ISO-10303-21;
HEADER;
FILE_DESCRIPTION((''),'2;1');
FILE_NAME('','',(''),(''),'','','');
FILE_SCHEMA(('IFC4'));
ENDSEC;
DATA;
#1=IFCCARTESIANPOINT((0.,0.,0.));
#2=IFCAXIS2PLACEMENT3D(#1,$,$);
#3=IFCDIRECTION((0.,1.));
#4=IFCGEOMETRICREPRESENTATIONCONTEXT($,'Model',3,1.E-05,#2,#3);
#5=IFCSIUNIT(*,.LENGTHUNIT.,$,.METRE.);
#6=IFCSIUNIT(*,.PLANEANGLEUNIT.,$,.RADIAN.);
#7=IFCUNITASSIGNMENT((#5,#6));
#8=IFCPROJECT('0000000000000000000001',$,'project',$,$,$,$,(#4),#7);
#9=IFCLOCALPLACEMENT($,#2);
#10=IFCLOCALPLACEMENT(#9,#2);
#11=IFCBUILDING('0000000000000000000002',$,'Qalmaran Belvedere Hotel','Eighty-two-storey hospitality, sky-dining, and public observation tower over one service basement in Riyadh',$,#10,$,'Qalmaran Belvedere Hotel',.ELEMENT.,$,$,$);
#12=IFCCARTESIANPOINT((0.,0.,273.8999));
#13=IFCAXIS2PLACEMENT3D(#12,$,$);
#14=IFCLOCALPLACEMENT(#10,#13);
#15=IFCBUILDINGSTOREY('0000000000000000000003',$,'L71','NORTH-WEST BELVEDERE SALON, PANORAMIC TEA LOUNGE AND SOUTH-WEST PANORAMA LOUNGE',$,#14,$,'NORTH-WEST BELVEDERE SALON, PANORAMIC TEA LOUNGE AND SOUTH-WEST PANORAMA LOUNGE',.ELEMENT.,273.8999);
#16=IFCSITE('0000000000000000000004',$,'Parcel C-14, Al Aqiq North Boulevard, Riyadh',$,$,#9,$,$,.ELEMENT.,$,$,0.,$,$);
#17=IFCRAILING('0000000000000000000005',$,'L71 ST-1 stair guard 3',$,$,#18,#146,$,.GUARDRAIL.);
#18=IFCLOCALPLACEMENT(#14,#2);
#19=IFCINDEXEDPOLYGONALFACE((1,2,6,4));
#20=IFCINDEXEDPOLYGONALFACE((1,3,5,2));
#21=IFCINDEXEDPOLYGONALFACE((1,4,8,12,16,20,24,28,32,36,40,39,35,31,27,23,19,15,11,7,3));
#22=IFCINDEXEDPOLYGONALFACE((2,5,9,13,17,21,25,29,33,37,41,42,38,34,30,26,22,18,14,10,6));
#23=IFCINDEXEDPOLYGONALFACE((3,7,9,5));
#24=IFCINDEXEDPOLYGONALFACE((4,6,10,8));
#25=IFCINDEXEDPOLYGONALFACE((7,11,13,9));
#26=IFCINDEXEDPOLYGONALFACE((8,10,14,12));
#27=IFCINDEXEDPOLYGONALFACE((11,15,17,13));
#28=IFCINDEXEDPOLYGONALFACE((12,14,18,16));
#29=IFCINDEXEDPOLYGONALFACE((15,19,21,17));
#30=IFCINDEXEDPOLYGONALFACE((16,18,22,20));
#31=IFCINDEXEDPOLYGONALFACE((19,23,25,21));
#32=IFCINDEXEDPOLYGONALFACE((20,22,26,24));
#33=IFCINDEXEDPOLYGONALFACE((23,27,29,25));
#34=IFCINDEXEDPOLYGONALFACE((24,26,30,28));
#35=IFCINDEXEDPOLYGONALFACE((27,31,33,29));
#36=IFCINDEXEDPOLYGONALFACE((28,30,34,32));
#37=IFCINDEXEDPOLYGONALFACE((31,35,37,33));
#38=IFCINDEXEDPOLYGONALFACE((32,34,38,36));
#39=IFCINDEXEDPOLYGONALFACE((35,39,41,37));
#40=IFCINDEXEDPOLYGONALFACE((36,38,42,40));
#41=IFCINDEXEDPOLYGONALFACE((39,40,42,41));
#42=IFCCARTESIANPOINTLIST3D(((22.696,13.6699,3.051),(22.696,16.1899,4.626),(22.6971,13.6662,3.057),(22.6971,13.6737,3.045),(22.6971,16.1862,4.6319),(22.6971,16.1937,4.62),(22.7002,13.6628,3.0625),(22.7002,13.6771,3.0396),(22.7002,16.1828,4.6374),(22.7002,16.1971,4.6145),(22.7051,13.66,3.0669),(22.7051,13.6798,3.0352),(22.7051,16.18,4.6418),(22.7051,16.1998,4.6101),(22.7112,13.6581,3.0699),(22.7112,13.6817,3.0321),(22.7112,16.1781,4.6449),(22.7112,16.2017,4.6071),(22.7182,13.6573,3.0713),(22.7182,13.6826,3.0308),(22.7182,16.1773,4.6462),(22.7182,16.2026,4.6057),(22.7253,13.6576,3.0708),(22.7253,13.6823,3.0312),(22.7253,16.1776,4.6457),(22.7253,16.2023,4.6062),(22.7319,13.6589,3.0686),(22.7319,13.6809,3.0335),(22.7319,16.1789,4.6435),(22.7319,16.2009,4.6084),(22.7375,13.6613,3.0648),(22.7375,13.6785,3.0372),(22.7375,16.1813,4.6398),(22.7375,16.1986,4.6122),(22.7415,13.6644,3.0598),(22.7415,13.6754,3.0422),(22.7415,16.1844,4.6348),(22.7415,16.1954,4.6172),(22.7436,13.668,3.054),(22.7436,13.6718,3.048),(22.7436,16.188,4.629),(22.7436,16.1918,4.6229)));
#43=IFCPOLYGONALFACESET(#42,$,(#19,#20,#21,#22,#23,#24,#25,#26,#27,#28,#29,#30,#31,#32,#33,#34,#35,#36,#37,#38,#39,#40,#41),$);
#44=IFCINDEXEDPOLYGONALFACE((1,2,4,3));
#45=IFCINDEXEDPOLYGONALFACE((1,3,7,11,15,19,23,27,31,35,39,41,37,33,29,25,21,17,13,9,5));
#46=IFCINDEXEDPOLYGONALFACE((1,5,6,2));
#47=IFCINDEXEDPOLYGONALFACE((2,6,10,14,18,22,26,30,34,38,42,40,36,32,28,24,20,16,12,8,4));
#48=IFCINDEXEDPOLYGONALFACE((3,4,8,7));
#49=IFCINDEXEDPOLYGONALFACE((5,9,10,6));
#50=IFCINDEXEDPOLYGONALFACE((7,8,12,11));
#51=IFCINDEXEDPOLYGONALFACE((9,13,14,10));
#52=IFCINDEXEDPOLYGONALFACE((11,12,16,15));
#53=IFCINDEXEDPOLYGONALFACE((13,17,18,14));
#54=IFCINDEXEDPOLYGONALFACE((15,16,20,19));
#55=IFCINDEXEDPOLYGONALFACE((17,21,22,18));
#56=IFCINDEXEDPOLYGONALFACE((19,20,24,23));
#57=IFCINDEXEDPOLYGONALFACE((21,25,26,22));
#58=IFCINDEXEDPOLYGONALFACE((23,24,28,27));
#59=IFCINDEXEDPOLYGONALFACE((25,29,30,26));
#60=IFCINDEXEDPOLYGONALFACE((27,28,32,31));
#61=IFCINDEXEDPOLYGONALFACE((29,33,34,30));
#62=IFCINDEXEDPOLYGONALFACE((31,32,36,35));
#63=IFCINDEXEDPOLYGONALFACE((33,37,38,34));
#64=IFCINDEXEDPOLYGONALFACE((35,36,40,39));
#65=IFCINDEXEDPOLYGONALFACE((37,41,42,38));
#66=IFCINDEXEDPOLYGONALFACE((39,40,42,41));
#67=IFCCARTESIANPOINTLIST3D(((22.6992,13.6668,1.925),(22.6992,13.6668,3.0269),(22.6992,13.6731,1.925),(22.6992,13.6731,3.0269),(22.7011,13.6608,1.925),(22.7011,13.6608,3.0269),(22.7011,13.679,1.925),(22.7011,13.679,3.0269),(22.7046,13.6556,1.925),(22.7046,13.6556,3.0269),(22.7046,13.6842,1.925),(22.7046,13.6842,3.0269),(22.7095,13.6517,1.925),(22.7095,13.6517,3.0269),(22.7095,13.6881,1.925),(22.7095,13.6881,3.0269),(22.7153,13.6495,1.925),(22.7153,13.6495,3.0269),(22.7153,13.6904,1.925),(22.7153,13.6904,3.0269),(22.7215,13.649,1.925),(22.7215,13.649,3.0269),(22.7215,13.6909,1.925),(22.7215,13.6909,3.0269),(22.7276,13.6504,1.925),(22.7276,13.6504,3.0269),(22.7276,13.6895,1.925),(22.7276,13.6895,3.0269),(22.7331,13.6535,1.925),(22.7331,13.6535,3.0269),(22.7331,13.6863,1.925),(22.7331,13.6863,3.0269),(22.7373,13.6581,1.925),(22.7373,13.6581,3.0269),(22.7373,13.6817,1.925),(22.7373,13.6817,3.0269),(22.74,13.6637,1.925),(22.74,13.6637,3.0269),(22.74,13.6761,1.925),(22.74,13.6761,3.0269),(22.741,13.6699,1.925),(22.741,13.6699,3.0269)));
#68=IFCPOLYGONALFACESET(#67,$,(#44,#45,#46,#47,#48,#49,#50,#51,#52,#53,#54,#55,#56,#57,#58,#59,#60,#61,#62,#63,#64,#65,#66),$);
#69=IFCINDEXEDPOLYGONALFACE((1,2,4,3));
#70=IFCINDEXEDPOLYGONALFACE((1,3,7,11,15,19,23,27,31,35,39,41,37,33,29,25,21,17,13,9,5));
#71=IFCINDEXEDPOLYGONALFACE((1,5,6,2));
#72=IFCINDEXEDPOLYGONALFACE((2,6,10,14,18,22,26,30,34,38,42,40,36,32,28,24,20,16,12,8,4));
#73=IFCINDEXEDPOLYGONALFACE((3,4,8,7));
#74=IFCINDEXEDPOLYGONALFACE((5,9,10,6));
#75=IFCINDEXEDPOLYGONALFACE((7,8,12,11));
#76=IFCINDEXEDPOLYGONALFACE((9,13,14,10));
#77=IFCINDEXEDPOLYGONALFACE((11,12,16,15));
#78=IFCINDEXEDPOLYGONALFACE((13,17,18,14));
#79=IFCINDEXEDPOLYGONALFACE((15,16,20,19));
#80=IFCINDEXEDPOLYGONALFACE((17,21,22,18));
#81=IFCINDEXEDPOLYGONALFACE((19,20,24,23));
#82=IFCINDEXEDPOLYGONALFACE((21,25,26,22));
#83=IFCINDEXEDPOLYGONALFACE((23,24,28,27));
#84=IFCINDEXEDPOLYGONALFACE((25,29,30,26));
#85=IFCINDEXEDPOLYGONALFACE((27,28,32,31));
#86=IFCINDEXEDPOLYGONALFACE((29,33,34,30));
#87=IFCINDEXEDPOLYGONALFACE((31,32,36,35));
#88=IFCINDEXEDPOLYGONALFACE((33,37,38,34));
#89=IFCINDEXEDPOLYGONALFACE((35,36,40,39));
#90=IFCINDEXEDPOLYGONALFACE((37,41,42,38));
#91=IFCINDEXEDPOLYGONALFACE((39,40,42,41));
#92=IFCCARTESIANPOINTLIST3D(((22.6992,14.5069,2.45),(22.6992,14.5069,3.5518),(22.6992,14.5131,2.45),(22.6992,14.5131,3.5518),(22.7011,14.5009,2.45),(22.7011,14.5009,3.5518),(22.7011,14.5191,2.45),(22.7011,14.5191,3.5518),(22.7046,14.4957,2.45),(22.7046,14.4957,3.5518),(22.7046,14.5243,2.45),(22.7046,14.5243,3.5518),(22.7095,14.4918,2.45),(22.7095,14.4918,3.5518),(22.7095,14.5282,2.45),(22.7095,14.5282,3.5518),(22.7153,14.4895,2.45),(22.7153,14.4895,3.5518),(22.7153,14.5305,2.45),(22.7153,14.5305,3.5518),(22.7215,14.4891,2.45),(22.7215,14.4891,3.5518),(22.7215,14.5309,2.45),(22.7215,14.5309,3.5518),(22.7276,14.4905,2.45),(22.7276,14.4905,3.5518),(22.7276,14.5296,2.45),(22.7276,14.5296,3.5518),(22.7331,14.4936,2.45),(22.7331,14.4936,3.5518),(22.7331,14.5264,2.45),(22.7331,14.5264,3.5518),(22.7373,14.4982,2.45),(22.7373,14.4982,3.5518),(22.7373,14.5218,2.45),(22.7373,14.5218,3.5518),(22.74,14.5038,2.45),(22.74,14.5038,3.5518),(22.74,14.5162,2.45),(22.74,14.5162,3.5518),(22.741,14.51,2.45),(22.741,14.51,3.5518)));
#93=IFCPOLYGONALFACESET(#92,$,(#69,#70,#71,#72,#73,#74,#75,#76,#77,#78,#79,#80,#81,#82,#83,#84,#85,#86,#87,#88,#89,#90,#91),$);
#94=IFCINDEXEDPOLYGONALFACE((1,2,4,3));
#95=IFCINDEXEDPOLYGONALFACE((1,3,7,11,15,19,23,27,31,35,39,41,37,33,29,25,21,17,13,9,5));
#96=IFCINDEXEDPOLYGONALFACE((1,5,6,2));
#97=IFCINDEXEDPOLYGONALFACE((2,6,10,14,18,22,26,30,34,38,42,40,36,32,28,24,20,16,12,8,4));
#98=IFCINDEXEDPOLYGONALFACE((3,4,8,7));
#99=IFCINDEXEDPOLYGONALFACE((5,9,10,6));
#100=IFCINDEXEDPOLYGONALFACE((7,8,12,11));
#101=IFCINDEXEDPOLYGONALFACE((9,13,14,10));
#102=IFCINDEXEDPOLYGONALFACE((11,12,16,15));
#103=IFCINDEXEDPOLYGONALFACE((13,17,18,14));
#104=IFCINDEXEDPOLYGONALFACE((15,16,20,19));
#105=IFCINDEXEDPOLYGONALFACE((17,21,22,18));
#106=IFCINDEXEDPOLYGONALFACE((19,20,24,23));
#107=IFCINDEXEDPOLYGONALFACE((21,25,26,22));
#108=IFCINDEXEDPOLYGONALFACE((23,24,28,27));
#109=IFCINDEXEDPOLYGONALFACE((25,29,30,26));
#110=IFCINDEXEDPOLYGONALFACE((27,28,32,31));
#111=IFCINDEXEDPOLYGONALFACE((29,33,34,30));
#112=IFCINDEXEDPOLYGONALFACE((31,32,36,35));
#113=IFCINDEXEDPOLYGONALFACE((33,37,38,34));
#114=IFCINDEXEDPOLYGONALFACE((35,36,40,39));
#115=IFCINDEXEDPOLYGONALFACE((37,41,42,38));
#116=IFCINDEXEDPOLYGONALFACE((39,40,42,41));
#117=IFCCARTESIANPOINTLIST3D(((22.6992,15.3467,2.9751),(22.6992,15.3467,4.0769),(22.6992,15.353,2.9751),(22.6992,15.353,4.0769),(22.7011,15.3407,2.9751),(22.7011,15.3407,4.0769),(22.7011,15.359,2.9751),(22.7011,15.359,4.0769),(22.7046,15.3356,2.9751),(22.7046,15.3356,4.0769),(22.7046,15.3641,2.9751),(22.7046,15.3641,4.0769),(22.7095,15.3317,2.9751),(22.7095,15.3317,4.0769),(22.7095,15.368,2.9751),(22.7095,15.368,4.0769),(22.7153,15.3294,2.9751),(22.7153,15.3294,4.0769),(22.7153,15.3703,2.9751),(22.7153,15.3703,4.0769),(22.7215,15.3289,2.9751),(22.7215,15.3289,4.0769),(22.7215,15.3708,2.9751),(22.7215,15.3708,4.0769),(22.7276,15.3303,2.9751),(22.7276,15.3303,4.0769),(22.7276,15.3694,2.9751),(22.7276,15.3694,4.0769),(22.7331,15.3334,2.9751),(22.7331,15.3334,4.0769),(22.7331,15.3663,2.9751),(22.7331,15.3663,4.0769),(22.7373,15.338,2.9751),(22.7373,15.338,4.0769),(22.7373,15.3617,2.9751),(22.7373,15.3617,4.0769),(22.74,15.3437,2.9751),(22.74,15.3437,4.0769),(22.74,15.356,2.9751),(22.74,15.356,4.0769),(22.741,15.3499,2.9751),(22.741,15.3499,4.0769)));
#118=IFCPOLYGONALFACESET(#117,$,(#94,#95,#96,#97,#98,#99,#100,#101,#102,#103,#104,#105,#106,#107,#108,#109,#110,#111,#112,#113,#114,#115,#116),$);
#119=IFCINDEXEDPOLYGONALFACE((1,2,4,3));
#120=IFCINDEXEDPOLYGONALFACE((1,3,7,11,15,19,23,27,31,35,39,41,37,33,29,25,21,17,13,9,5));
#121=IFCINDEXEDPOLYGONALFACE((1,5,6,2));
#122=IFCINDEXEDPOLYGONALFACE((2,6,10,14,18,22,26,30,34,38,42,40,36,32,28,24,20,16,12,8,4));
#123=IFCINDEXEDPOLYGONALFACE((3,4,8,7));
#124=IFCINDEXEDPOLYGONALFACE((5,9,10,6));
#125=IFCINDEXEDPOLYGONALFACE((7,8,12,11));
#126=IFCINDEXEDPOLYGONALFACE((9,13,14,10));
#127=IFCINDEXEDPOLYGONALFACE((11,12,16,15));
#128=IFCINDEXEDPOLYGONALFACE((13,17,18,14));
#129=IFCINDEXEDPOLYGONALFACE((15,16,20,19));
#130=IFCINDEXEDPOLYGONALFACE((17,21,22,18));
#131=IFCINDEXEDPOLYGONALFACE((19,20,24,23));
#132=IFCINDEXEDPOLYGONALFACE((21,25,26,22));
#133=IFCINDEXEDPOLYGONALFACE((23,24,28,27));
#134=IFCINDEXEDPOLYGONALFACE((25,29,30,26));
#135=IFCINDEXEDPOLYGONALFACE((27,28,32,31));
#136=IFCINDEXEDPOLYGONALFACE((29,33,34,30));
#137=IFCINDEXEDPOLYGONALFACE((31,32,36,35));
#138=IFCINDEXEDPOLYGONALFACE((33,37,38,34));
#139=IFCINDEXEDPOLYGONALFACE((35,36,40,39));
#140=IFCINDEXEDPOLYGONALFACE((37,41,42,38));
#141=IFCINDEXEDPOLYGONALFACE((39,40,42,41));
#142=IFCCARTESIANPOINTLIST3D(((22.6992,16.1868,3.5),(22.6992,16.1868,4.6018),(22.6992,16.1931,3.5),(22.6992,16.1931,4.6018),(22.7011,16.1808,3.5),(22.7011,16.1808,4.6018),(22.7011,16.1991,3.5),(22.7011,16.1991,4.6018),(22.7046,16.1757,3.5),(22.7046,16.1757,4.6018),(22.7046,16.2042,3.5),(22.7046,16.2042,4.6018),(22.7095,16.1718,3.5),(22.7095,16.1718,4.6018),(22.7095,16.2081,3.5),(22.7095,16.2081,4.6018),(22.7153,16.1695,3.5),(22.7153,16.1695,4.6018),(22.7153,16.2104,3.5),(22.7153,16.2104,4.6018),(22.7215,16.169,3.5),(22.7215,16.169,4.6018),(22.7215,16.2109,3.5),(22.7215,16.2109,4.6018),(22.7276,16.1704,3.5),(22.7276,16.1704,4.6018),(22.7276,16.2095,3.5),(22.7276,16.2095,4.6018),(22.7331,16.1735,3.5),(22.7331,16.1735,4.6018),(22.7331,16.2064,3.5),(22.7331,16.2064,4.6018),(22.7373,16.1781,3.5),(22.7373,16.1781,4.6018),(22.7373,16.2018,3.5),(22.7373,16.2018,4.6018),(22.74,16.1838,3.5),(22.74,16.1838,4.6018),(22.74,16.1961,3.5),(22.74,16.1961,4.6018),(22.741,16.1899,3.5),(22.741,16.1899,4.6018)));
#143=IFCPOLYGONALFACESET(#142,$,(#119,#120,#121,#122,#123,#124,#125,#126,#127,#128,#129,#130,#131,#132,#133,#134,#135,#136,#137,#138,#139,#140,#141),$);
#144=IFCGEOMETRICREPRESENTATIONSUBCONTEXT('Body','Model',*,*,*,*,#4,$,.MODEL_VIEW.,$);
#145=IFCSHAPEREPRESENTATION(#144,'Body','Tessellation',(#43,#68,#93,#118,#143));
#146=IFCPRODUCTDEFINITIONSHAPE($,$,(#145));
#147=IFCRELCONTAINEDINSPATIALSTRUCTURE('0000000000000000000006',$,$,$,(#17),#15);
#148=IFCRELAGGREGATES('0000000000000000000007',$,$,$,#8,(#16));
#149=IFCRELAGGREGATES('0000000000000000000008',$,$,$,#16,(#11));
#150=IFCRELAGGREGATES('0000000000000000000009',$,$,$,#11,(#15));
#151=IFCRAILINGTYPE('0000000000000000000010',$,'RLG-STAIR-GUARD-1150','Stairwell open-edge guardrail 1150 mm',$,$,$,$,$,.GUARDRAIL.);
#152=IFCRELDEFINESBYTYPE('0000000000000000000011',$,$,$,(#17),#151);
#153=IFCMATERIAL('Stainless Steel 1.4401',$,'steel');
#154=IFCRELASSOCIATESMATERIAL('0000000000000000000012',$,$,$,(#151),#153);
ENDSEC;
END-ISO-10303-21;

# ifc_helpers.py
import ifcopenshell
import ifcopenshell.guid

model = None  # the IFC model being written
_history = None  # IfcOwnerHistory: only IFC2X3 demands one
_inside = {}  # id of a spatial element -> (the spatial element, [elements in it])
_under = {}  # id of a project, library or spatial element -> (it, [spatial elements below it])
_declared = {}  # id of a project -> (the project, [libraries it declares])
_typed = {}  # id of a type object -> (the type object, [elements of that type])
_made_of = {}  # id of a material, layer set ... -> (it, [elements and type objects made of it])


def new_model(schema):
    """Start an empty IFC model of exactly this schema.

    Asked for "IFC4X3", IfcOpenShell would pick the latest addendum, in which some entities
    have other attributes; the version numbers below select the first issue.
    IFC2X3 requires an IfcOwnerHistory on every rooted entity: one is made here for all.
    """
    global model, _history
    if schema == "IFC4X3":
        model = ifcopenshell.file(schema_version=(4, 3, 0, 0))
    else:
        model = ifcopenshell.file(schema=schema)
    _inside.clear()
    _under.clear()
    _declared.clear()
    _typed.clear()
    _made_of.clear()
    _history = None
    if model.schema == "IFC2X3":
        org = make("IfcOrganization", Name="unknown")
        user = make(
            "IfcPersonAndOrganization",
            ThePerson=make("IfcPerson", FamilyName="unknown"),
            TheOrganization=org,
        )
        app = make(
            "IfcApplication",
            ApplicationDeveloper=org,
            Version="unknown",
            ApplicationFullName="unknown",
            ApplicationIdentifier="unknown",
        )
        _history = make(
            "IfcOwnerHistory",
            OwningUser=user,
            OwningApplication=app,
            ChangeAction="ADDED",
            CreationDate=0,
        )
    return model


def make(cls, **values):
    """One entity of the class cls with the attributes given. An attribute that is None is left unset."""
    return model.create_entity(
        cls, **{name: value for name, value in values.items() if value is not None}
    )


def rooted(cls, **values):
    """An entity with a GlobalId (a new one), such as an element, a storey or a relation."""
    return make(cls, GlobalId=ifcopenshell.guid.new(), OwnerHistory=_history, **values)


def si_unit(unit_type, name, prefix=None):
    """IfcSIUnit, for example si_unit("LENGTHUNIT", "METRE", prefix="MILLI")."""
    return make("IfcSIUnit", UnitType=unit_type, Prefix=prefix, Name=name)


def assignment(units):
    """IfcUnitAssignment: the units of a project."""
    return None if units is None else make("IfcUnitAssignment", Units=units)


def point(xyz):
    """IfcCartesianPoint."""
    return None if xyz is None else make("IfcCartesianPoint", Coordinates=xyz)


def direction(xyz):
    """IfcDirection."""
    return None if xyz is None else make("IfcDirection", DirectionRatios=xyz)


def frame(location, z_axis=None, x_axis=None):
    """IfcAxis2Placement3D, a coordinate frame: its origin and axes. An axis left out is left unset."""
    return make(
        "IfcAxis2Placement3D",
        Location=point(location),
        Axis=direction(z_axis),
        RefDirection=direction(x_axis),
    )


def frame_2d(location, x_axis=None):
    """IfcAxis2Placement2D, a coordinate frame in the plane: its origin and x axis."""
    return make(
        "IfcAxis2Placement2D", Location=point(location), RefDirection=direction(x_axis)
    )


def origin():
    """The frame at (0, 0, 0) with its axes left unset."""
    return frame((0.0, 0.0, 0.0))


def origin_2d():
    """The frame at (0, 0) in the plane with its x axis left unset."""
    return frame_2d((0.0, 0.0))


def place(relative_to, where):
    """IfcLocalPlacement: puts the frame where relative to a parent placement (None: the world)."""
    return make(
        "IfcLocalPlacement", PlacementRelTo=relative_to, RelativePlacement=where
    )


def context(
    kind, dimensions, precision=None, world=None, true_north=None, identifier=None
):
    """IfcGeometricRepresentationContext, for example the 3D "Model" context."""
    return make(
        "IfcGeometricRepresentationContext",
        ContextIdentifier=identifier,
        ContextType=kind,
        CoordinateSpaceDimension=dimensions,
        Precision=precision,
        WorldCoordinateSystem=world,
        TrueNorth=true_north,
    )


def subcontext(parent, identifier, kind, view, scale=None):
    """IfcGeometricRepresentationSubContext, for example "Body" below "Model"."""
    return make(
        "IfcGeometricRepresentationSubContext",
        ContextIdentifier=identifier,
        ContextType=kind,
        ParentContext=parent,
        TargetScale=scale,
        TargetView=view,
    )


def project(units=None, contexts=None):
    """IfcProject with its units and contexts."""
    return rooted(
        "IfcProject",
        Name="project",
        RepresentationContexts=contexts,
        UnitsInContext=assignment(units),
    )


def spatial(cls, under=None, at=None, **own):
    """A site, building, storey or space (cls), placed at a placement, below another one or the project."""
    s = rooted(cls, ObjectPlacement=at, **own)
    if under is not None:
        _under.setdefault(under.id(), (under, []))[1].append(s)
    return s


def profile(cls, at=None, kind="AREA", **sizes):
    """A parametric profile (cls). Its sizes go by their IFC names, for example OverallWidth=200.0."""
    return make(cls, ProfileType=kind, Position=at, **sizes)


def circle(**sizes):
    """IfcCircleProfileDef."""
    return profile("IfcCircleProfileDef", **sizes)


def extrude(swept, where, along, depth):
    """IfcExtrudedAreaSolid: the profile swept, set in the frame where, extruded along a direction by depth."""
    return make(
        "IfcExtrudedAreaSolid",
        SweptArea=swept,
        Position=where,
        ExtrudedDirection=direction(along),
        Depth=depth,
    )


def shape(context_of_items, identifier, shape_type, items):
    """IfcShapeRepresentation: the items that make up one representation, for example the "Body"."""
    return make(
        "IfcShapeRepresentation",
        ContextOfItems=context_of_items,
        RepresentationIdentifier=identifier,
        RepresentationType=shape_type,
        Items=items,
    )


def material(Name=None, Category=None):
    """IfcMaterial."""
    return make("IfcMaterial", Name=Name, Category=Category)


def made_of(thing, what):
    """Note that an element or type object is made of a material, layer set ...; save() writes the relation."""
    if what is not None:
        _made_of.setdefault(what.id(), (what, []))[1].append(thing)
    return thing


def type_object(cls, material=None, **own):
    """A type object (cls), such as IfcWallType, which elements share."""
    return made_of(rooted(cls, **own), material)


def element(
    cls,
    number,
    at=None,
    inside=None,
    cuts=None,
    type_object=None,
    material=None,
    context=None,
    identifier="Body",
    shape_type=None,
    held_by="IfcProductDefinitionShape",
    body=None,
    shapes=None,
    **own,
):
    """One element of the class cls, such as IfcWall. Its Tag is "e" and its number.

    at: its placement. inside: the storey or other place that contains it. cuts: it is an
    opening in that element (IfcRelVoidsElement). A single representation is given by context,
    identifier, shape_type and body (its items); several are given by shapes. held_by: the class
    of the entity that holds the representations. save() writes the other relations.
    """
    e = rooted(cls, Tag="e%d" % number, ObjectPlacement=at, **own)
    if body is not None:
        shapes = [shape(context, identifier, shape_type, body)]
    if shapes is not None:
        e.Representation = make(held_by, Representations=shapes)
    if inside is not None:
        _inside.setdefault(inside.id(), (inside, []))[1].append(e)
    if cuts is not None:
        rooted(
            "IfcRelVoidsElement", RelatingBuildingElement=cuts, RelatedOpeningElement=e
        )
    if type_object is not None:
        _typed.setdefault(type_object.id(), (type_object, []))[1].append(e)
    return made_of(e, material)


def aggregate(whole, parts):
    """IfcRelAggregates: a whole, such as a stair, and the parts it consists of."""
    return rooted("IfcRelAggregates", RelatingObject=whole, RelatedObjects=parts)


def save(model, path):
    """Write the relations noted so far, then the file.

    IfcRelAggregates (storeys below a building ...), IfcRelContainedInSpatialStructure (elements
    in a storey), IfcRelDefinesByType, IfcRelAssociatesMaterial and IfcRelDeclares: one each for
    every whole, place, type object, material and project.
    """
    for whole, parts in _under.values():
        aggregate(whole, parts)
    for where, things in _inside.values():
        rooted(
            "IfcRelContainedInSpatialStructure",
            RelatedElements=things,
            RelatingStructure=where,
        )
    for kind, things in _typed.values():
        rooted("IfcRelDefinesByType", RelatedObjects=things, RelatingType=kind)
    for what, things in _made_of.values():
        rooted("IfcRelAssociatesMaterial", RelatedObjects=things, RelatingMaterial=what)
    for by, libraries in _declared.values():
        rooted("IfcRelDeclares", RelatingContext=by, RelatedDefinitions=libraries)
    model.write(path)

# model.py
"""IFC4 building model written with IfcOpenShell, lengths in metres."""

from ifc_helpers import new_model, si_unit, direction, frame, origin, origin_2d, place, context, subcontext, project, spatial, circle, extrude, material, type_object, element, save


model = new_model("IFC4")

# Units and contexts
model_context = context("Model", 3, precision=1e-05, world=origin(), true_north=direction((0.0, 1.0)))
body_context = subcontext(model_context, "Body", "Model", "MODEL_VIEW")
ifc_project = project(units=[si_unit("LENGTHUNIT", "METRE"), si_unit("PLANEANGLEUNIT", "RADIAN")], contexts=[model_context])

# Site, building, storey
site_placement = place(None, origin())
site = spatial("IfcSite", under=ifc_project, at=site_placement, Name="Parcel C-14, Al Aqiq North Boulevard, Riyadh", CompositionType="ELEMENT", RefElevation=0.0)
building_placement = place(site_placement, origin())
building = spatial("IfcBuilding", under=site, at=building_placement, Name="Qalmaran Belvedere Hotel", Description="Eighty-two-storey hospitality, sky-dining, and public observation tower over one service basement in Riyadh", LongName="Qalmaran Belvedere Hotel", CompositionType="ELEMENT")
storey_placement = place(building_placement, frame((0.0, 0.0, 273.8999)))
storey = spatial("IfcBuildingStorey", under=building, at=storey_placement, Name="L71", Description="NORTH-WEST BELVEDERE SALON, PANORAMIC TEA LOUNGE AND SOUTH-WEST PANORAMA LOUNGE", LongName="NORTH-WEST BELVEDERE SALON, PANORAMIC TEA LOUNGE AND SOUTH-WEST PANORAMA LOUNGE", CompositionType="ELEMENT", Elevation=273.8999)

# Railing
ifc_material_1 = material(Name="Stainless Steel 1.4401", Category="steel")
railing_type_1 = type_object("IfcRailingType", Name="RLG-STAIR-GUARD-1150", Description="Stairwell open-edge guardrail 1150 mm", PredefinedType="GUARDRAIL", material=ifc_material_1)
railing_1_placement = place(storey_placement, frame((22.72, 13.6699, 1.925)))
element("IfcRailing", 1, at=railing_1_placement, inside=storey, type_object=railing_type_1, Name="L71 ST-1 stair guard 3", PredefinedType="GUARDRAIL", context=body_context, shape_type="SweptSolid", body=[
    extrude(circle(Radius=0.0239, at=origin_2d()), frame((0.0, 0.0, 1.126), z_axis=(0.0, 0.848008, 0.529984), x_axis=(-1.0, 0.0, 0.0)), (0.0, 0.0, 1.0), 2.9717),
    extrude(circle(Radius=0.021, at=origin_2d()), origin(), (0.0, 0.0, 1.0), 1.1018),
    extrude(circle(Radius=0.021, at=origin_2d()), frame((0.0, 0.8401, 0.5249)), (0.0, 0.0, 1.0), 1.1018),
    extrude(circle(Radius=0.021, at=origin_2d()), frame((0.0, 1.6799, 1.05)), (0.0, 0.0, 1.0), 1.1018),
    extrude(circle(Radius=0.021, at=origin_2d()), frame((0.0, 2.52, 1.575)), (0.0, 0.0, 1.0), 1.1018),
])

save(model, "model.ifc")
